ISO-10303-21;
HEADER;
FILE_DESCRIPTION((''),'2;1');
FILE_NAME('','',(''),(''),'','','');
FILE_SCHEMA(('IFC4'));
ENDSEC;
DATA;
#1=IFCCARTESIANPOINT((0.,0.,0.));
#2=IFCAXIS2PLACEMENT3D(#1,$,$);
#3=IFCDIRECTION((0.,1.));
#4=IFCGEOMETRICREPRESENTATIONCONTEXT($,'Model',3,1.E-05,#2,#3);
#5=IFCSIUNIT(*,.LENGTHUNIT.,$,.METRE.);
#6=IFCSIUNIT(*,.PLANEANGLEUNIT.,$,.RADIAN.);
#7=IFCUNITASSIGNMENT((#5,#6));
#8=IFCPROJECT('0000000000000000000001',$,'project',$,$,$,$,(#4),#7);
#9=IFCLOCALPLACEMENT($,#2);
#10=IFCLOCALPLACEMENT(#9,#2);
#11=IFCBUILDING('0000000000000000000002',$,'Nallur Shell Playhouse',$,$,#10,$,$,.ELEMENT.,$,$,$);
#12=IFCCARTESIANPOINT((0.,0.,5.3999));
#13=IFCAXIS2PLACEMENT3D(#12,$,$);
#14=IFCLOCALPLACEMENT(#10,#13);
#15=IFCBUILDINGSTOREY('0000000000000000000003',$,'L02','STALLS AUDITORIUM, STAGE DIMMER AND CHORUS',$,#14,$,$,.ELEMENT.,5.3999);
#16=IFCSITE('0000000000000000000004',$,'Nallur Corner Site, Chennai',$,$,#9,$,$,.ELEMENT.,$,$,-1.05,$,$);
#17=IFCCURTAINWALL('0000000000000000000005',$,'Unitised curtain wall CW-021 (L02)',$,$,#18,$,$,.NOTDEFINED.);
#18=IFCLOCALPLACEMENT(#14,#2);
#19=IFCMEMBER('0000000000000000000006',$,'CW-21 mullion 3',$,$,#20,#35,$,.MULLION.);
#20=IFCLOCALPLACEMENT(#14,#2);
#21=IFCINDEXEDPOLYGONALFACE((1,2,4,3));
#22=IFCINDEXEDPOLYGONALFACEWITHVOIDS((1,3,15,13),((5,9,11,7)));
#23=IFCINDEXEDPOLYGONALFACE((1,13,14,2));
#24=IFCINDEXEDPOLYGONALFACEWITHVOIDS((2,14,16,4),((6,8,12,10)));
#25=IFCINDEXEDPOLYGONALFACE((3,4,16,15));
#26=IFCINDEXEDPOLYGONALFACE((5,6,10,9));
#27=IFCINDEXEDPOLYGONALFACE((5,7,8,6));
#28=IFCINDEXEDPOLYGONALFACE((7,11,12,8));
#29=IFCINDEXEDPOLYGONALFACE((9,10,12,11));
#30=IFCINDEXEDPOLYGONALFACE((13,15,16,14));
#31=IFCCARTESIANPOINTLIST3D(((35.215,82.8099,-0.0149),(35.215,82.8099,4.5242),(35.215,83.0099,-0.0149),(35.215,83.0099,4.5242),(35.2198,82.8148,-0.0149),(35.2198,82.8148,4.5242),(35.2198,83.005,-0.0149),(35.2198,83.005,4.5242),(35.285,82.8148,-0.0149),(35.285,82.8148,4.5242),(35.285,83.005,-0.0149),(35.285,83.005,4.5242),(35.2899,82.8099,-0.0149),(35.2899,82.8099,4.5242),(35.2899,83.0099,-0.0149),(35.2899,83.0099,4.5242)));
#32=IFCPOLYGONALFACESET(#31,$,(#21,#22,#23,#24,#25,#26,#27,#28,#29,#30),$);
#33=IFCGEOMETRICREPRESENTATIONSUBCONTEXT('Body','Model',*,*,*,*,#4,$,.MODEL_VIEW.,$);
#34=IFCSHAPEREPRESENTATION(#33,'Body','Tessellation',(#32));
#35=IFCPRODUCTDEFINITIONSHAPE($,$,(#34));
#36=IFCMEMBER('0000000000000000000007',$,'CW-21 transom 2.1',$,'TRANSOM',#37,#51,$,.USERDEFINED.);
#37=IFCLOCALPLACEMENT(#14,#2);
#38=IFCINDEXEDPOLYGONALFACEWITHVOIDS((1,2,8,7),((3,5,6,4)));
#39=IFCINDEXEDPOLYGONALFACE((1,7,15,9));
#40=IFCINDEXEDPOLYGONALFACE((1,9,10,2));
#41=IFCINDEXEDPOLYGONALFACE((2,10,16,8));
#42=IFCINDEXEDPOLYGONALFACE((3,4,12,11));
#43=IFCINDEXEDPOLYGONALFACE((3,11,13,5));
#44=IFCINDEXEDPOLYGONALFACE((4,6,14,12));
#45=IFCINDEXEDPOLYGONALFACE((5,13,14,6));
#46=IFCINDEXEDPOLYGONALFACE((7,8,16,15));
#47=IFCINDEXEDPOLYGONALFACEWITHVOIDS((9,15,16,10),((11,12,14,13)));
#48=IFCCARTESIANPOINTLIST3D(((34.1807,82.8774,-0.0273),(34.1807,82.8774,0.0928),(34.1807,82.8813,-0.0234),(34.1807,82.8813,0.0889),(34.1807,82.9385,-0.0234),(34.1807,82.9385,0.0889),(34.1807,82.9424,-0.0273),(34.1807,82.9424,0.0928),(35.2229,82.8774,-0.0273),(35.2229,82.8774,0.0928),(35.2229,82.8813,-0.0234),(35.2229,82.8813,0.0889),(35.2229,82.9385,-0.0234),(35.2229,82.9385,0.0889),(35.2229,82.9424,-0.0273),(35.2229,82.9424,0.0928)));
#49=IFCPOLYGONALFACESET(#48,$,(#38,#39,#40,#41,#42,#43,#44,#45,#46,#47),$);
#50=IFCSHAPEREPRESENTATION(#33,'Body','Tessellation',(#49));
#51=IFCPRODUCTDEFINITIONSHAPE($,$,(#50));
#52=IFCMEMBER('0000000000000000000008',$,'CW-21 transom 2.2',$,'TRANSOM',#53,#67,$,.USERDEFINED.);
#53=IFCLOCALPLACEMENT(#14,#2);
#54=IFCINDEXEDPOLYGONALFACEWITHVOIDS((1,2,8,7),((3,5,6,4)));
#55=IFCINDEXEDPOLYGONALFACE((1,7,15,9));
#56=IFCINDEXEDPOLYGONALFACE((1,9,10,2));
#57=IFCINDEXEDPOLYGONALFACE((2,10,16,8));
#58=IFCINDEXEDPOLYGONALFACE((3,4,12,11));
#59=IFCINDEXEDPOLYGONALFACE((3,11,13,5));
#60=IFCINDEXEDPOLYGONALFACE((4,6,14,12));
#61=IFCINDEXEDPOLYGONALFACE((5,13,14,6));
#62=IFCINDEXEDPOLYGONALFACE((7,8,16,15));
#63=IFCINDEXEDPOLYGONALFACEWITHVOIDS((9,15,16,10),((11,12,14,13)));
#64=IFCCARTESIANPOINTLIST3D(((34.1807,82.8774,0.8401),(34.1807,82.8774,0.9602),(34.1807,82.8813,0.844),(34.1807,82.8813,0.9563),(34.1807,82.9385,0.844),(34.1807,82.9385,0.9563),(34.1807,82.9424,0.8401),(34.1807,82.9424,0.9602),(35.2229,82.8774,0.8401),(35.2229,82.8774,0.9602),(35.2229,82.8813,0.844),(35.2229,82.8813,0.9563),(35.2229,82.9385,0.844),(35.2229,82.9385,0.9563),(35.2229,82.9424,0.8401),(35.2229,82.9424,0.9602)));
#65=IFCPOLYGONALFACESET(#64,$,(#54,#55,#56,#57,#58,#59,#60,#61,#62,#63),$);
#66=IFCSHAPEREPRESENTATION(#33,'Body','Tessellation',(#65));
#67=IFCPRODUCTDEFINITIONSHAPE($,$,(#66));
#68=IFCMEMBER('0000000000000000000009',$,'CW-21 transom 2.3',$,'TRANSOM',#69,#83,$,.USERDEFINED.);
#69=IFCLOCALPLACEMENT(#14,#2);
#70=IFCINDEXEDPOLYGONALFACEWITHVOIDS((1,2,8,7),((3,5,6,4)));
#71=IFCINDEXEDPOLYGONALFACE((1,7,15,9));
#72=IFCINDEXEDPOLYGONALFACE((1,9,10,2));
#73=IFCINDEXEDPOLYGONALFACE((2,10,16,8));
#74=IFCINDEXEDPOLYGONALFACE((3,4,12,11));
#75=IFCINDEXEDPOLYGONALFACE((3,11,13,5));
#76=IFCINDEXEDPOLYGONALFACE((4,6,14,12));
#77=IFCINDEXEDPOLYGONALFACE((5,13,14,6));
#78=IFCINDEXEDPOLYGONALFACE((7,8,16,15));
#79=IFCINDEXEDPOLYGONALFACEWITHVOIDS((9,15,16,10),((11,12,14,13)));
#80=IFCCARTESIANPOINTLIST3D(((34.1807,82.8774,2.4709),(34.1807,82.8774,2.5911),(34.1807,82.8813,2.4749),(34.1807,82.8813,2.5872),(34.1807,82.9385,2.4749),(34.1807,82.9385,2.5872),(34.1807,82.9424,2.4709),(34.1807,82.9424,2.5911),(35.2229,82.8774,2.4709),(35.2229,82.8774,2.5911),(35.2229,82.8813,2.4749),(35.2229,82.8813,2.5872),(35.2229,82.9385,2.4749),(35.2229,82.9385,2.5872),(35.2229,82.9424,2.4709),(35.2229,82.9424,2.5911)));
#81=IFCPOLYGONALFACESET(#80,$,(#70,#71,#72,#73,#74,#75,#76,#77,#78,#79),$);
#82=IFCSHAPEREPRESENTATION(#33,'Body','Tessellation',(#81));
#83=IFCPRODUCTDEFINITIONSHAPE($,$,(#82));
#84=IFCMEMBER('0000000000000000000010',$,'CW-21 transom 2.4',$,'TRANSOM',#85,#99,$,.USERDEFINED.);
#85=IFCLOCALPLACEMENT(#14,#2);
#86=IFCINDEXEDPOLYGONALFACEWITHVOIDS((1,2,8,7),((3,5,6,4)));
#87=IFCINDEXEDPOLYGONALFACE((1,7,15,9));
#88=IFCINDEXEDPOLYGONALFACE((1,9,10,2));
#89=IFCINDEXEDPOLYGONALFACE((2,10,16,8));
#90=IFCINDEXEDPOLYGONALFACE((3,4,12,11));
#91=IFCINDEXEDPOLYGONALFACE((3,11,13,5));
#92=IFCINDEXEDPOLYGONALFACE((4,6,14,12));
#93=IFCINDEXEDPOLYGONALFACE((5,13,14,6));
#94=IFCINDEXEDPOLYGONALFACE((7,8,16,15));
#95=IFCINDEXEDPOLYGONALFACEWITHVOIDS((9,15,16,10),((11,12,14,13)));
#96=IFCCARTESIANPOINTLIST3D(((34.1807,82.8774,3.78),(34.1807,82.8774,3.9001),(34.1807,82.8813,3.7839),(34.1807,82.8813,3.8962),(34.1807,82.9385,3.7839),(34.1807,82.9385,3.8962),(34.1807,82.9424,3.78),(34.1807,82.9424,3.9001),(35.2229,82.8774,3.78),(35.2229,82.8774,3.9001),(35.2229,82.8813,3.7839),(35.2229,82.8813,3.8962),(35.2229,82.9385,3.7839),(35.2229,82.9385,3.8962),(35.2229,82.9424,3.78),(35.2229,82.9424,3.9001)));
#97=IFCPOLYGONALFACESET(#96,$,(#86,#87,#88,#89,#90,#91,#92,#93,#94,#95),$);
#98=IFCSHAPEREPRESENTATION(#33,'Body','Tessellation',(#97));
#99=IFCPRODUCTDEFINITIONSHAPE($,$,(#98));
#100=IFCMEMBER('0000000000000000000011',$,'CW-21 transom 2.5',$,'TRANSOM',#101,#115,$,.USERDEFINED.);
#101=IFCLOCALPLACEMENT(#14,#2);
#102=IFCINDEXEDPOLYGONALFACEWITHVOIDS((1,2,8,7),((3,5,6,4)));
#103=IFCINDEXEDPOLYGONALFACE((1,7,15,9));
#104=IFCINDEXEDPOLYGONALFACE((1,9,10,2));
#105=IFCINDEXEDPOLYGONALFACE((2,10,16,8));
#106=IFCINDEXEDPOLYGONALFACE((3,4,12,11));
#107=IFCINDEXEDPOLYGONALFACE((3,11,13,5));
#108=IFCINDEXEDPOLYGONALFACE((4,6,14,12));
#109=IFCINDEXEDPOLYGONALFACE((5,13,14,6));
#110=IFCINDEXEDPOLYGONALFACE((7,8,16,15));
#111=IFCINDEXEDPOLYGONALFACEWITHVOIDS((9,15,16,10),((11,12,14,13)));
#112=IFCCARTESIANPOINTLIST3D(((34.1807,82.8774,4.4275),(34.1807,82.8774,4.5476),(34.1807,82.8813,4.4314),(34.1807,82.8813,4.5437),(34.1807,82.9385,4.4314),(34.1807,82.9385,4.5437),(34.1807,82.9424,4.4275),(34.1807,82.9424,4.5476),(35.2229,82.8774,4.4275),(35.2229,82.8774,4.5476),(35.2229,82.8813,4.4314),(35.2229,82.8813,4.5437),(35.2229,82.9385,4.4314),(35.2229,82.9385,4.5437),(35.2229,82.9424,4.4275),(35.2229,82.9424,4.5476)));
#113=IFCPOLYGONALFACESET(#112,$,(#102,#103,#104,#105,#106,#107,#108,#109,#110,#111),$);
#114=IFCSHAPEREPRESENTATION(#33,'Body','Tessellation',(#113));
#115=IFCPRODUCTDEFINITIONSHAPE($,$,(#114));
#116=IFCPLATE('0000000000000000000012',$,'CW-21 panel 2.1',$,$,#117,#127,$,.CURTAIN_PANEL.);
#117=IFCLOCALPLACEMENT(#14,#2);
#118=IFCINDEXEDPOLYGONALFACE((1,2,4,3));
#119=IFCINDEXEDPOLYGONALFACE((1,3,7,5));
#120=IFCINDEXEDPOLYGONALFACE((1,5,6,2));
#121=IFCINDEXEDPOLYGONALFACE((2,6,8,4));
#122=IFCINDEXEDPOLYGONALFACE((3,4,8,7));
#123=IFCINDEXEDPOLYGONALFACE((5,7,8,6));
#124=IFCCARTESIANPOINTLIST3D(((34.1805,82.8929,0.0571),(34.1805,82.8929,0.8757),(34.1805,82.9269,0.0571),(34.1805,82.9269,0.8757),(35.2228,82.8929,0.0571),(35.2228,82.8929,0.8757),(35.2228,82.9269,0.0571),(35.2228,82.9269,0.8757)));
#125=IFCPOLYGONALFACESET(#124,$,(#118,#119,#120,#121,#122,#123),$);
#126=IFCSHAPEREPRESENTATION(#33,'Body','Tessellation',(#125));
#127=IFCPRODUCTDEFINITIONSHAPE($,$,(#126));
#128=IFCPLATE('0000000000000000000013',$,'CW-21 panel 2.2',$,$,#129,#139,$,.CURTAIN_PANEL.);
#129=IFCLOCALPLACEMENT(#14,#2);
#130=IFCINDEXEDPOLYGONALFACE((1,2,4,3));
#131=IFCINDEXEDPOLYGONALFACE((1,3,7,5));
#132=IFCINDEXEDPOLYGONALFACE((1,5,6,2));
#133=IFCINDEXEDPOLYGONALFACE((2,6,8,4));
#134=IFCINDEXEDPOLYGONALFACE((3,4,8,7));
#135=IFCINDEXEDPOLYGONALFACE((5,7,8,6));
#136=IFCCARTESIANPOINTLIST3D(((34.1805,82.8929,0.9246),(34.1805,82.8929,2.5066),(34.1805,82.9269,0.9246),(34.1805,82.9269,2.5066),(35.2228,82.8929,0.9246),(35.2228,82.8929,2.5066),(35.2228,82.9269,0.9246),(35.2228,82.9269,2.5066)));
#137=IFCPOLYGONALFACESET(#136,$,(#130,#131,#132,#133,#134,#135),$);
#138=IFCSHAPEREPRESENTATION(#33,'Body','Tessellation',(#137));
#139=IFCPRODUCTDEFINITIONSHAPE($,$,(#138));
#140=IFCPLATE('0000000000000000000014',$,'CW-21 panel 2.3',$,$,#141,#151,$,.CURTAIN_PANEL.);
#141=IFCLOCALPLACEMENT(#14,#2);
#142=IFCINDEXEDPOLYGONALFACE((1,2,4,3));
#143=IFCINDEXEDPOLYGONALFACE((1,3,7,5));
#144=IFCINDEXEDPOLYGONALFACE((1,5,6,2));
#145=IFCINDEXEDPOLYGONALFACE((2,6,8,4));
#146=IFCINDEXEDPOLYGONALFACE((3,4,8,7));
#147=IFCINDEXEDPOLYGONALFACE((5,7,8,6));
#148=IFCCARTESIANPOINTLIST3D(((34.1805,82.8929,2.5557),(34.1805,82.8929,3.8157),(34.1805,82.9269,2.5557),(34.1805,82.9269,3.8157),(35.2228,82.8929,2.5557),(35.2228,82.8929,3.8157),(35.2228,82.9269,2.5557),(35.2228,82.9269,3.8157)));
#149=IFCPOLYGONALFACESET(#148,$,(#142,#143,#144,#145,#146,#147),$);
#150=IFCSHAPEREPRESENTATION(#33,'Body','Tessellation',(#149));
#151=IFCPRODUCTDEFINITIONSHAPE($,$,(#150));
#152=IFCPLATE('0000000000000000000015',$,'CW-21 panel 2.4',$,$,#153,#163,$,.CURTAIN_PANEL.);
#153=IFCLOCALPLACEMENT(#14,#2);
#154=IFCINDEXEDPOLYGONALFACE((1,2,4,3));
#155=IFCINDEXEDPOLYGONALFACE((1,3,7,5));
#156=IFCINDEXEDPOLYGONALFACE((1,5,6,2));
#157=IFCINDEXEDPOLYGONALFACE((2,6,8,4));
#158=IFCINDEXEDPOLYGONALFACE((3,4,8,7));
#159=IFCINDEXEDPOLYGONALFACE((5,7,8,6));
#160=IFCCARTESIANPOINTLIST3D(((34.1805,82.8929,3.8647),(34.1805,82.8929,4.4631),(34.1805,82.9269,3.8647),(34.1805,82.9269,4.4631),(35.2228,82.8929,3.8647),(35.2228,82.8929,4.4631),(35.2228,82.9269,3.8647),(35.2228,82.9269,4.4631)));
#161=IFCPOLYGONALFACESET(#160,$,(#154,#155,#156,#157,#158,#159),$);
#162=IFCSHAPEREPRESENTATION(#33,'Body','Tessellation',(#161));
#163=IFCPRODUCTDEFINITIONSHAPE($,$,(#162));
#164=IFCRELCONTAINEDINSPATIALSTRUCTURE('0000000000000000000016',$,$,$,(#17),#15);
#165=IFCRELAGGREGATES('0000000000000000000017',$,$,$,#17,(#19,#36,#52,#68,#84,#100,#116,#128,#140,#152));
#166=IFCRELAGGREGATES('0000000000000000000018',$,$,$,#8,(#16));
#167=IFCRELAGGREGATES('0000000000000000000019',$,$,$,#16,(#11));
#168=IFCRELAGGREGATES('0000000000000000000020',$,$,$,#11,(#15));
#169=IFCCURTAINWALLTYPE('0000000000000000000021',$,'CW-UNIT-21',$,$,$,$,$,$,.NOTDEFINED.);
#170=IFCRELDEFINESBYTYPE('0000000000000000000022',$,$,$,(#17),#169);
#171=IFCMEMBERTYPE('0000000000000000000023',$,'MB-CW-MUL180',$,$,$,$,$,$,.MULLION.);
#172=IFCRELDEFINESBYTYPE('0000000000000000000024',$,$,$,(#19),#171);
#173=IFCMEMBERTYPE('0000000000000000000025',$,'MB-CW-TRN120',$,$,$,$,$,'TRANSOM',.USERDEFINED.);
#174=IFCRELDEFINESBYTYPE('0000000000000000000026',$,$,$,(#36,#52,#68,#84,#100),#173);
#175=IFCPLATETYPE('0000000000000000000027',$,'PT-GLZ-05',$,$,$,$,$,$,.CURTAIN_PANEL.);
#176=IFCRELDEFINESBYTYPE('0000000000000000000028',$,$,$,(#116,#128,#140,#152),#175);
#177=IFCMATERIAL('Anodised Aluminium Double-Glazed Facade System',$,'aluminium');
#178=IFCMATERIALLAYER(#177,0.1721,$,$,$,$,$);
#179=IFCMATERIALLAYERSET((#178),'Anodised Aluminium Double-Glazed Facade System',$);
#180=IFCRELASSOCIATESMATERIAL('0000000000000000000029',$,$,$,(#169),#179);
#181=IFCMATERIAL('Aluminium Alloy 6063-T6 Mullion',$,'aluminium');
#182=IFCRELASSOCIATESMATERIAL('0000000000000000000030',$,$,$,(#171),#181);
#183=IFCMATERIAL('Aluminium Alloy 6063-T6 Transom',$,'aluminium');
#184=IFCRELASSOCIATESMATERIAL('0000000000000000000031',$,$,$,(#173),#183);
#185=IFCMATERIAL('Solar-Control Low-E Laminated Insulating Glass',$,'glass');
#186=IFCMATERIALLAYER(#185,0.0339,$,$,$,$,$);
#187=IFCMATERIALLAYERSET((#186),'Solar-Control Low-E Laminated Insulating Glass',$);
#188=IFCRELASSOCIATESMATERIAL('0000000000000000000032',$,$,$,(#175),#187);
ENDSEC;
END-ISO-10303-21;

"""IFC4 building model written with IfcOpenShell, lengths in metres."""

from ifc_helpers import new_model, si_unit, direction, frame, origin, origin_2d, place, context, subcontext, project, spatial, rectangle, hollow_rectangle, extrude, material, layer, layer_set, material_profile, profile_set, type_object, element, aggregate, save


model = new_model("IFC4")

# Units and contexts
model_context = context("Model", 3, precision=1e-05, world=origin(), true_north=direction((0.0, 1.0)))
body_context = subcontext(model_context, "Body", "Model", "MODEL_VIEW")
ifc_project = project(units=[si_unit("LENGTHUNIT", "METRE"), si_unit("PLANEANGLEUNIT", "RADIAN")], contexts=[model_context])

# Site, building, storey
site_placement = place(None, origin())
site = spatial("IfcSite", under=ifc_project, at=site_placement, Name="Nallur Corner Site, Chennai", CompositionType="ELEMENT", RefElevation=-1.05)
building_placement = place(site_placement, origin())
building = spatial("IfcBuilding", under=site, at=building_placement, Name="Nallur Shell Playhouse", CompositionType="ELEMENT")
storey_placement = place(building_placement, frame((0.0, 0.0, 5.3999)))
storey = spatial("IfcBuildingStorey", under=building, at=storey_placement, Name="L02", Description="STALLS AUDITORIUM, STAGE DIMMER AND CHORUS", CompositionType="ELEMENT", Elevation=5.3999)

# Curtain wall, members, plates
ifc_material_1 = material(Name="Anodised Aluminium Double-Glazed Facade System", Category="aluminium")
ifc_layer_1 = layer(ifc_material_1, 0.1721)
ifc_layer_set_1 = layer_set([ifc_layer_1], Name="Anodised Aluminium Double-Glazed Facade System")
curtain_wall_type = type_object("IfcCurtainWallType", Name="CW-UNIT-21", PredefinedType="NOTDEFINED", material=ifc_layer_set_1)
curtain_wall_placement = place(storey_placement, origin())
curtain_wall = element("IfcCurtainWall", 1, at=curtain_wall_placement, inside=storey, type_object=curtain_wall_type, Name="Unitised curtain wall CW-021 (L02)", PredefinedType="NOTDEFINED")
ifc_material_2 = material(Name="Aluminium Alloy 6063-T6 Mullion", Category="aluminium")
ifc_material_profile_1 = material_profile(ifc_material_2, hollow_rectangle(XDim=0.075, YDim=0.2, WallThickness=0.0049, at=origin_2d()), Name="ALU 75x200x5")
ifc_profile_set_1 = profile_set([ifc_material_profile_1], Name="Aluminium Alloy 6063-T6 Mullion")
member_type_1 = type_object("IfcMemberType", Name="MB-CW-MUL180", PredefinedType="MULLION", material=ifc_profile_set_1)
member_1_placement = place(storey_placement, frame((35.2524, 82.9099, -0.0149), z_axis=(0.0, 0.0, 1.0), x_axis=(1.0, 0.0, 0.0)))
member_1 = element("IfcMember", 2, at=member_1_placement, type_object=member_type_1, Name="CW-21 mullion 3", PredefinedType="MULLION", context=body_context, shape_type="SweptSolid", body=[
    extrude(hollow_rectangle(XDim=0.075, YDim=0.2, WallThickness=0.0049, at=origin_2d()), origin(), (0.0, 0.0, 1.0), 4.5391),
])
ifc_material_3 = material(Name="Aluminium Alloy 6063-T6 Transom", Category="aluminium")
ifc_material_profile_2 = material_profile(ifc_material_3, hollow_rectangle(XDim=0.0649, YDim=0.1201, WallThickness=0.0039, at=origin_2d()), Name="ALU 65x120x4")
ifc_profile_set_2 = profile_set([ifc_material_profile_2], Name="Aluminium Alloy 6063-T6 Transom")
member_type_2 = type_object("IfcMemberType", Name="MB-CW-TRN120", ElementType="TRANSOM", PredefinedType="USERDEFINED", material=ifc_profile_set_2)
member_2_placement = place(storey_placement, frame((34.1807, 82.9099, 0.0327), z_axis=(1.0, 0.0, 0.0), x_axis=(0.0, 1.0, 0.0)))
member_2 = element("IfcMember", 3, at=member_2_placement, type_object=member_type_2, Name="CW-21 transom 2.1", ObjectType="TRANSOM", PredefinedType="USERDEFINED", context=body_context, shape_type="SweptSolid", body=[
    extrude(hollow_rectangle(XDim=0.0649, YDim=0.1201, WallThickness=0.0039, at=origin_2d()), origin(), (0.0, 0.0, 1.0), 1.0422),
])
member_3_placement = place(storey_placement, frame((34.1807, 82.9099, 0.9001), z_axis=(1.0, 0.0, 0.0), x_axis=(0.0, 1.0, 0.0)))
member_3 = element("IfcMember", 4, at=member_3_placement, type_object=member_type_2, Name="CW-21 transom 2.2", ObjectType="TRANSOM", PredefinedType="USERDEFINED", context=body_context, shape_type="SweptSolid", body=[
    extrude(hollow_rectangle(XDim=0.0649, YDim=0.1201, WallThickness=0.0039, at=origin_2d()), origin(), (0.0, 0.0, 1.0), 1.0422),
])
member_4_placement = place(storey_placement, frame((34.1807, 82.9099, 2.531), z_axis=(1.0, 0.0, 0.0), x_axis=(0.0, 1.0, 0.0)))
member_4 = element("IfcMember", 5, at=member_4_placement, type_object=member_type_2, Name="CW-21 transom 2.3", ObjectType="TRANSOM", PredefinedType="USERDEFINED", context=body_context, shape_type="SweptSolid", body=[
    extrude(hollow_rectangle(XDim=0.0649, YDim=0.1201, WallThickness=0.0039, at=origin_2d()), origin(), (0.0, 0.0, 1.0), 1.0422),
])
member_5_placement = place(storey_placement, frame((34.1807, 82.9099, 3.8401), z_axis=(1.0, 0.0, 0.0), x_axis=(0.0, 1.0, 0.0)))
member_5 = element("IfcMember", 6, at=member_5_placement, type_object=member_type_2, Name="CW-21 transom 2.4", ObjectType="TRANSOM", PredefinedType="USERDEFINED", context=body_context, shape_type="SweptSolid", body=[
    extrude(hollow_rectangle(XDim=0.0649, YDim=0.1201, WallThickness=0.0039, at=origin_2d()), origin(), (0.0, 0.0, 1.0), 1.0422),
])
member_6_placement = place(storey_placement, frame((34.1807, 82.9099, 4.4875), z_axis=(1.0, 0.0, 0.0), x_axis=(0.0, 1.0, 0.0)))
member_6 = element("IfcMember", 7, at=member_6_placement, type_object=member_type_2, Name="CW-21 transom 2.5", ObjectType="TRANSOM", PredefinedType="USERDEFINED", context=body_context, shape_type="SweptSolid", body=[
    extrude(hollow_rectangle(XDim=0.0649, YDim=0.1201, WallThickness=0.0039, at=origin_2d()), origin(), (0.0, 0.0, 1.0), 1.0422),
])
ifc_material_4 = material(Name="Solar-Control Low-E Laminated Insulating Glass", Category="glass")
ifc_layer_2 = layer(ifc_material_4, 0.0339)
ifc_layer_set_2 = layer_set([ifc_layer_2], Name="Solar-Control Low-E Laminated Insulating Glass")
plate_type = type_object("IfcPlateType", Name="PT-GLZ-05", PredefinedType="CURTAIN_PANEL", material=ifc_layer_set_2)
plate_1_placement = place(storey_placement, frame((34.7017, 82.9099, 0.0571), z_axis=(0.0, 0.0, 1.0), x_axis=(1.0, 0.0, 0.0)))
plate_1 = element("IfcPlate", 8, at=plate_1_placement, type_object=plate_type, Name="CW-21 panel 2.1", PredefinedType="CURTAIN_PANEL", context=body_context, shape_type="SweptSolid", body=[
    extrude(rectangle(XDim=1.0422, YDim=0.0339, at=origin_2d()), origin(), (0.0, 0.0, 1.0), 0.8186),
])
plate_2_placement = place(storey_placement, frame((34.7017, 82.9099, 0.9246), z_axis=(0.0, 0.0, 1.0), x_axis=(1.0, 0.0, 0.0)))
plate_2 = element("IfcPlate", 9, at=plate_2_placement, type_object=plate_type, Name="CW-21 panel 2.2", PredefinedType="CURTAIN_PANEL", context=body_context, shape_type="SweptSolid", body=[
    extrude(rectangle(XDim=1.0422, YDim=0.0339, at=origin_2d()), origin(), (0.0, 0.0, 1.0), 1.582),
])
plate_3_placement = place(storey_placement, frame((34.7017, 82.9099, 2.5557), z_axis=(0.0, 0.0, 1.0), x_axis=(1.0, 0.0, 0.0)))
plate_3 = element("IfcPlate", 10, at=plate_3_placement, type_object=plate_type, Name="CW-21 panel 2.3", PredefinedType="CURTAIN_PANEL", context=body_context, shape_type="SweptSolid", body=[
    extrude(rectangle(XDim=1.0422, YDim=0.0339, at=origin_2d()), origin(), (0.0, 0.0, 1.0), 1.26),
])
plate_4_placement = place(storey_placement, frame((34.7017, 82.9099, 3.8647), z_axis=(0.0, 0.0, 1.0), x_axis=(1.0, 0.0, 0.0)))
plate_4 = element("IfcPlate", 11, at=plate_4_placement, type_object=plate_type, Name="CW-21 panel 2.4", PredefinedType="CURTAIN_PANEL", context=body_context, shape_type="SweptSolid", body=[
    extrude(rectangle(XDim=1.0422, YDim=0.0339, at=origin_2d()), origin(), (0.0, 0.0, 1.0), 0.5984),
])
aggregate(curtain_wall, [member_1, member_2, member_3, member_4, member_5, member_6, plate_1, plate_2, plate_3, plate_4])

save(model, "model.ifc")
